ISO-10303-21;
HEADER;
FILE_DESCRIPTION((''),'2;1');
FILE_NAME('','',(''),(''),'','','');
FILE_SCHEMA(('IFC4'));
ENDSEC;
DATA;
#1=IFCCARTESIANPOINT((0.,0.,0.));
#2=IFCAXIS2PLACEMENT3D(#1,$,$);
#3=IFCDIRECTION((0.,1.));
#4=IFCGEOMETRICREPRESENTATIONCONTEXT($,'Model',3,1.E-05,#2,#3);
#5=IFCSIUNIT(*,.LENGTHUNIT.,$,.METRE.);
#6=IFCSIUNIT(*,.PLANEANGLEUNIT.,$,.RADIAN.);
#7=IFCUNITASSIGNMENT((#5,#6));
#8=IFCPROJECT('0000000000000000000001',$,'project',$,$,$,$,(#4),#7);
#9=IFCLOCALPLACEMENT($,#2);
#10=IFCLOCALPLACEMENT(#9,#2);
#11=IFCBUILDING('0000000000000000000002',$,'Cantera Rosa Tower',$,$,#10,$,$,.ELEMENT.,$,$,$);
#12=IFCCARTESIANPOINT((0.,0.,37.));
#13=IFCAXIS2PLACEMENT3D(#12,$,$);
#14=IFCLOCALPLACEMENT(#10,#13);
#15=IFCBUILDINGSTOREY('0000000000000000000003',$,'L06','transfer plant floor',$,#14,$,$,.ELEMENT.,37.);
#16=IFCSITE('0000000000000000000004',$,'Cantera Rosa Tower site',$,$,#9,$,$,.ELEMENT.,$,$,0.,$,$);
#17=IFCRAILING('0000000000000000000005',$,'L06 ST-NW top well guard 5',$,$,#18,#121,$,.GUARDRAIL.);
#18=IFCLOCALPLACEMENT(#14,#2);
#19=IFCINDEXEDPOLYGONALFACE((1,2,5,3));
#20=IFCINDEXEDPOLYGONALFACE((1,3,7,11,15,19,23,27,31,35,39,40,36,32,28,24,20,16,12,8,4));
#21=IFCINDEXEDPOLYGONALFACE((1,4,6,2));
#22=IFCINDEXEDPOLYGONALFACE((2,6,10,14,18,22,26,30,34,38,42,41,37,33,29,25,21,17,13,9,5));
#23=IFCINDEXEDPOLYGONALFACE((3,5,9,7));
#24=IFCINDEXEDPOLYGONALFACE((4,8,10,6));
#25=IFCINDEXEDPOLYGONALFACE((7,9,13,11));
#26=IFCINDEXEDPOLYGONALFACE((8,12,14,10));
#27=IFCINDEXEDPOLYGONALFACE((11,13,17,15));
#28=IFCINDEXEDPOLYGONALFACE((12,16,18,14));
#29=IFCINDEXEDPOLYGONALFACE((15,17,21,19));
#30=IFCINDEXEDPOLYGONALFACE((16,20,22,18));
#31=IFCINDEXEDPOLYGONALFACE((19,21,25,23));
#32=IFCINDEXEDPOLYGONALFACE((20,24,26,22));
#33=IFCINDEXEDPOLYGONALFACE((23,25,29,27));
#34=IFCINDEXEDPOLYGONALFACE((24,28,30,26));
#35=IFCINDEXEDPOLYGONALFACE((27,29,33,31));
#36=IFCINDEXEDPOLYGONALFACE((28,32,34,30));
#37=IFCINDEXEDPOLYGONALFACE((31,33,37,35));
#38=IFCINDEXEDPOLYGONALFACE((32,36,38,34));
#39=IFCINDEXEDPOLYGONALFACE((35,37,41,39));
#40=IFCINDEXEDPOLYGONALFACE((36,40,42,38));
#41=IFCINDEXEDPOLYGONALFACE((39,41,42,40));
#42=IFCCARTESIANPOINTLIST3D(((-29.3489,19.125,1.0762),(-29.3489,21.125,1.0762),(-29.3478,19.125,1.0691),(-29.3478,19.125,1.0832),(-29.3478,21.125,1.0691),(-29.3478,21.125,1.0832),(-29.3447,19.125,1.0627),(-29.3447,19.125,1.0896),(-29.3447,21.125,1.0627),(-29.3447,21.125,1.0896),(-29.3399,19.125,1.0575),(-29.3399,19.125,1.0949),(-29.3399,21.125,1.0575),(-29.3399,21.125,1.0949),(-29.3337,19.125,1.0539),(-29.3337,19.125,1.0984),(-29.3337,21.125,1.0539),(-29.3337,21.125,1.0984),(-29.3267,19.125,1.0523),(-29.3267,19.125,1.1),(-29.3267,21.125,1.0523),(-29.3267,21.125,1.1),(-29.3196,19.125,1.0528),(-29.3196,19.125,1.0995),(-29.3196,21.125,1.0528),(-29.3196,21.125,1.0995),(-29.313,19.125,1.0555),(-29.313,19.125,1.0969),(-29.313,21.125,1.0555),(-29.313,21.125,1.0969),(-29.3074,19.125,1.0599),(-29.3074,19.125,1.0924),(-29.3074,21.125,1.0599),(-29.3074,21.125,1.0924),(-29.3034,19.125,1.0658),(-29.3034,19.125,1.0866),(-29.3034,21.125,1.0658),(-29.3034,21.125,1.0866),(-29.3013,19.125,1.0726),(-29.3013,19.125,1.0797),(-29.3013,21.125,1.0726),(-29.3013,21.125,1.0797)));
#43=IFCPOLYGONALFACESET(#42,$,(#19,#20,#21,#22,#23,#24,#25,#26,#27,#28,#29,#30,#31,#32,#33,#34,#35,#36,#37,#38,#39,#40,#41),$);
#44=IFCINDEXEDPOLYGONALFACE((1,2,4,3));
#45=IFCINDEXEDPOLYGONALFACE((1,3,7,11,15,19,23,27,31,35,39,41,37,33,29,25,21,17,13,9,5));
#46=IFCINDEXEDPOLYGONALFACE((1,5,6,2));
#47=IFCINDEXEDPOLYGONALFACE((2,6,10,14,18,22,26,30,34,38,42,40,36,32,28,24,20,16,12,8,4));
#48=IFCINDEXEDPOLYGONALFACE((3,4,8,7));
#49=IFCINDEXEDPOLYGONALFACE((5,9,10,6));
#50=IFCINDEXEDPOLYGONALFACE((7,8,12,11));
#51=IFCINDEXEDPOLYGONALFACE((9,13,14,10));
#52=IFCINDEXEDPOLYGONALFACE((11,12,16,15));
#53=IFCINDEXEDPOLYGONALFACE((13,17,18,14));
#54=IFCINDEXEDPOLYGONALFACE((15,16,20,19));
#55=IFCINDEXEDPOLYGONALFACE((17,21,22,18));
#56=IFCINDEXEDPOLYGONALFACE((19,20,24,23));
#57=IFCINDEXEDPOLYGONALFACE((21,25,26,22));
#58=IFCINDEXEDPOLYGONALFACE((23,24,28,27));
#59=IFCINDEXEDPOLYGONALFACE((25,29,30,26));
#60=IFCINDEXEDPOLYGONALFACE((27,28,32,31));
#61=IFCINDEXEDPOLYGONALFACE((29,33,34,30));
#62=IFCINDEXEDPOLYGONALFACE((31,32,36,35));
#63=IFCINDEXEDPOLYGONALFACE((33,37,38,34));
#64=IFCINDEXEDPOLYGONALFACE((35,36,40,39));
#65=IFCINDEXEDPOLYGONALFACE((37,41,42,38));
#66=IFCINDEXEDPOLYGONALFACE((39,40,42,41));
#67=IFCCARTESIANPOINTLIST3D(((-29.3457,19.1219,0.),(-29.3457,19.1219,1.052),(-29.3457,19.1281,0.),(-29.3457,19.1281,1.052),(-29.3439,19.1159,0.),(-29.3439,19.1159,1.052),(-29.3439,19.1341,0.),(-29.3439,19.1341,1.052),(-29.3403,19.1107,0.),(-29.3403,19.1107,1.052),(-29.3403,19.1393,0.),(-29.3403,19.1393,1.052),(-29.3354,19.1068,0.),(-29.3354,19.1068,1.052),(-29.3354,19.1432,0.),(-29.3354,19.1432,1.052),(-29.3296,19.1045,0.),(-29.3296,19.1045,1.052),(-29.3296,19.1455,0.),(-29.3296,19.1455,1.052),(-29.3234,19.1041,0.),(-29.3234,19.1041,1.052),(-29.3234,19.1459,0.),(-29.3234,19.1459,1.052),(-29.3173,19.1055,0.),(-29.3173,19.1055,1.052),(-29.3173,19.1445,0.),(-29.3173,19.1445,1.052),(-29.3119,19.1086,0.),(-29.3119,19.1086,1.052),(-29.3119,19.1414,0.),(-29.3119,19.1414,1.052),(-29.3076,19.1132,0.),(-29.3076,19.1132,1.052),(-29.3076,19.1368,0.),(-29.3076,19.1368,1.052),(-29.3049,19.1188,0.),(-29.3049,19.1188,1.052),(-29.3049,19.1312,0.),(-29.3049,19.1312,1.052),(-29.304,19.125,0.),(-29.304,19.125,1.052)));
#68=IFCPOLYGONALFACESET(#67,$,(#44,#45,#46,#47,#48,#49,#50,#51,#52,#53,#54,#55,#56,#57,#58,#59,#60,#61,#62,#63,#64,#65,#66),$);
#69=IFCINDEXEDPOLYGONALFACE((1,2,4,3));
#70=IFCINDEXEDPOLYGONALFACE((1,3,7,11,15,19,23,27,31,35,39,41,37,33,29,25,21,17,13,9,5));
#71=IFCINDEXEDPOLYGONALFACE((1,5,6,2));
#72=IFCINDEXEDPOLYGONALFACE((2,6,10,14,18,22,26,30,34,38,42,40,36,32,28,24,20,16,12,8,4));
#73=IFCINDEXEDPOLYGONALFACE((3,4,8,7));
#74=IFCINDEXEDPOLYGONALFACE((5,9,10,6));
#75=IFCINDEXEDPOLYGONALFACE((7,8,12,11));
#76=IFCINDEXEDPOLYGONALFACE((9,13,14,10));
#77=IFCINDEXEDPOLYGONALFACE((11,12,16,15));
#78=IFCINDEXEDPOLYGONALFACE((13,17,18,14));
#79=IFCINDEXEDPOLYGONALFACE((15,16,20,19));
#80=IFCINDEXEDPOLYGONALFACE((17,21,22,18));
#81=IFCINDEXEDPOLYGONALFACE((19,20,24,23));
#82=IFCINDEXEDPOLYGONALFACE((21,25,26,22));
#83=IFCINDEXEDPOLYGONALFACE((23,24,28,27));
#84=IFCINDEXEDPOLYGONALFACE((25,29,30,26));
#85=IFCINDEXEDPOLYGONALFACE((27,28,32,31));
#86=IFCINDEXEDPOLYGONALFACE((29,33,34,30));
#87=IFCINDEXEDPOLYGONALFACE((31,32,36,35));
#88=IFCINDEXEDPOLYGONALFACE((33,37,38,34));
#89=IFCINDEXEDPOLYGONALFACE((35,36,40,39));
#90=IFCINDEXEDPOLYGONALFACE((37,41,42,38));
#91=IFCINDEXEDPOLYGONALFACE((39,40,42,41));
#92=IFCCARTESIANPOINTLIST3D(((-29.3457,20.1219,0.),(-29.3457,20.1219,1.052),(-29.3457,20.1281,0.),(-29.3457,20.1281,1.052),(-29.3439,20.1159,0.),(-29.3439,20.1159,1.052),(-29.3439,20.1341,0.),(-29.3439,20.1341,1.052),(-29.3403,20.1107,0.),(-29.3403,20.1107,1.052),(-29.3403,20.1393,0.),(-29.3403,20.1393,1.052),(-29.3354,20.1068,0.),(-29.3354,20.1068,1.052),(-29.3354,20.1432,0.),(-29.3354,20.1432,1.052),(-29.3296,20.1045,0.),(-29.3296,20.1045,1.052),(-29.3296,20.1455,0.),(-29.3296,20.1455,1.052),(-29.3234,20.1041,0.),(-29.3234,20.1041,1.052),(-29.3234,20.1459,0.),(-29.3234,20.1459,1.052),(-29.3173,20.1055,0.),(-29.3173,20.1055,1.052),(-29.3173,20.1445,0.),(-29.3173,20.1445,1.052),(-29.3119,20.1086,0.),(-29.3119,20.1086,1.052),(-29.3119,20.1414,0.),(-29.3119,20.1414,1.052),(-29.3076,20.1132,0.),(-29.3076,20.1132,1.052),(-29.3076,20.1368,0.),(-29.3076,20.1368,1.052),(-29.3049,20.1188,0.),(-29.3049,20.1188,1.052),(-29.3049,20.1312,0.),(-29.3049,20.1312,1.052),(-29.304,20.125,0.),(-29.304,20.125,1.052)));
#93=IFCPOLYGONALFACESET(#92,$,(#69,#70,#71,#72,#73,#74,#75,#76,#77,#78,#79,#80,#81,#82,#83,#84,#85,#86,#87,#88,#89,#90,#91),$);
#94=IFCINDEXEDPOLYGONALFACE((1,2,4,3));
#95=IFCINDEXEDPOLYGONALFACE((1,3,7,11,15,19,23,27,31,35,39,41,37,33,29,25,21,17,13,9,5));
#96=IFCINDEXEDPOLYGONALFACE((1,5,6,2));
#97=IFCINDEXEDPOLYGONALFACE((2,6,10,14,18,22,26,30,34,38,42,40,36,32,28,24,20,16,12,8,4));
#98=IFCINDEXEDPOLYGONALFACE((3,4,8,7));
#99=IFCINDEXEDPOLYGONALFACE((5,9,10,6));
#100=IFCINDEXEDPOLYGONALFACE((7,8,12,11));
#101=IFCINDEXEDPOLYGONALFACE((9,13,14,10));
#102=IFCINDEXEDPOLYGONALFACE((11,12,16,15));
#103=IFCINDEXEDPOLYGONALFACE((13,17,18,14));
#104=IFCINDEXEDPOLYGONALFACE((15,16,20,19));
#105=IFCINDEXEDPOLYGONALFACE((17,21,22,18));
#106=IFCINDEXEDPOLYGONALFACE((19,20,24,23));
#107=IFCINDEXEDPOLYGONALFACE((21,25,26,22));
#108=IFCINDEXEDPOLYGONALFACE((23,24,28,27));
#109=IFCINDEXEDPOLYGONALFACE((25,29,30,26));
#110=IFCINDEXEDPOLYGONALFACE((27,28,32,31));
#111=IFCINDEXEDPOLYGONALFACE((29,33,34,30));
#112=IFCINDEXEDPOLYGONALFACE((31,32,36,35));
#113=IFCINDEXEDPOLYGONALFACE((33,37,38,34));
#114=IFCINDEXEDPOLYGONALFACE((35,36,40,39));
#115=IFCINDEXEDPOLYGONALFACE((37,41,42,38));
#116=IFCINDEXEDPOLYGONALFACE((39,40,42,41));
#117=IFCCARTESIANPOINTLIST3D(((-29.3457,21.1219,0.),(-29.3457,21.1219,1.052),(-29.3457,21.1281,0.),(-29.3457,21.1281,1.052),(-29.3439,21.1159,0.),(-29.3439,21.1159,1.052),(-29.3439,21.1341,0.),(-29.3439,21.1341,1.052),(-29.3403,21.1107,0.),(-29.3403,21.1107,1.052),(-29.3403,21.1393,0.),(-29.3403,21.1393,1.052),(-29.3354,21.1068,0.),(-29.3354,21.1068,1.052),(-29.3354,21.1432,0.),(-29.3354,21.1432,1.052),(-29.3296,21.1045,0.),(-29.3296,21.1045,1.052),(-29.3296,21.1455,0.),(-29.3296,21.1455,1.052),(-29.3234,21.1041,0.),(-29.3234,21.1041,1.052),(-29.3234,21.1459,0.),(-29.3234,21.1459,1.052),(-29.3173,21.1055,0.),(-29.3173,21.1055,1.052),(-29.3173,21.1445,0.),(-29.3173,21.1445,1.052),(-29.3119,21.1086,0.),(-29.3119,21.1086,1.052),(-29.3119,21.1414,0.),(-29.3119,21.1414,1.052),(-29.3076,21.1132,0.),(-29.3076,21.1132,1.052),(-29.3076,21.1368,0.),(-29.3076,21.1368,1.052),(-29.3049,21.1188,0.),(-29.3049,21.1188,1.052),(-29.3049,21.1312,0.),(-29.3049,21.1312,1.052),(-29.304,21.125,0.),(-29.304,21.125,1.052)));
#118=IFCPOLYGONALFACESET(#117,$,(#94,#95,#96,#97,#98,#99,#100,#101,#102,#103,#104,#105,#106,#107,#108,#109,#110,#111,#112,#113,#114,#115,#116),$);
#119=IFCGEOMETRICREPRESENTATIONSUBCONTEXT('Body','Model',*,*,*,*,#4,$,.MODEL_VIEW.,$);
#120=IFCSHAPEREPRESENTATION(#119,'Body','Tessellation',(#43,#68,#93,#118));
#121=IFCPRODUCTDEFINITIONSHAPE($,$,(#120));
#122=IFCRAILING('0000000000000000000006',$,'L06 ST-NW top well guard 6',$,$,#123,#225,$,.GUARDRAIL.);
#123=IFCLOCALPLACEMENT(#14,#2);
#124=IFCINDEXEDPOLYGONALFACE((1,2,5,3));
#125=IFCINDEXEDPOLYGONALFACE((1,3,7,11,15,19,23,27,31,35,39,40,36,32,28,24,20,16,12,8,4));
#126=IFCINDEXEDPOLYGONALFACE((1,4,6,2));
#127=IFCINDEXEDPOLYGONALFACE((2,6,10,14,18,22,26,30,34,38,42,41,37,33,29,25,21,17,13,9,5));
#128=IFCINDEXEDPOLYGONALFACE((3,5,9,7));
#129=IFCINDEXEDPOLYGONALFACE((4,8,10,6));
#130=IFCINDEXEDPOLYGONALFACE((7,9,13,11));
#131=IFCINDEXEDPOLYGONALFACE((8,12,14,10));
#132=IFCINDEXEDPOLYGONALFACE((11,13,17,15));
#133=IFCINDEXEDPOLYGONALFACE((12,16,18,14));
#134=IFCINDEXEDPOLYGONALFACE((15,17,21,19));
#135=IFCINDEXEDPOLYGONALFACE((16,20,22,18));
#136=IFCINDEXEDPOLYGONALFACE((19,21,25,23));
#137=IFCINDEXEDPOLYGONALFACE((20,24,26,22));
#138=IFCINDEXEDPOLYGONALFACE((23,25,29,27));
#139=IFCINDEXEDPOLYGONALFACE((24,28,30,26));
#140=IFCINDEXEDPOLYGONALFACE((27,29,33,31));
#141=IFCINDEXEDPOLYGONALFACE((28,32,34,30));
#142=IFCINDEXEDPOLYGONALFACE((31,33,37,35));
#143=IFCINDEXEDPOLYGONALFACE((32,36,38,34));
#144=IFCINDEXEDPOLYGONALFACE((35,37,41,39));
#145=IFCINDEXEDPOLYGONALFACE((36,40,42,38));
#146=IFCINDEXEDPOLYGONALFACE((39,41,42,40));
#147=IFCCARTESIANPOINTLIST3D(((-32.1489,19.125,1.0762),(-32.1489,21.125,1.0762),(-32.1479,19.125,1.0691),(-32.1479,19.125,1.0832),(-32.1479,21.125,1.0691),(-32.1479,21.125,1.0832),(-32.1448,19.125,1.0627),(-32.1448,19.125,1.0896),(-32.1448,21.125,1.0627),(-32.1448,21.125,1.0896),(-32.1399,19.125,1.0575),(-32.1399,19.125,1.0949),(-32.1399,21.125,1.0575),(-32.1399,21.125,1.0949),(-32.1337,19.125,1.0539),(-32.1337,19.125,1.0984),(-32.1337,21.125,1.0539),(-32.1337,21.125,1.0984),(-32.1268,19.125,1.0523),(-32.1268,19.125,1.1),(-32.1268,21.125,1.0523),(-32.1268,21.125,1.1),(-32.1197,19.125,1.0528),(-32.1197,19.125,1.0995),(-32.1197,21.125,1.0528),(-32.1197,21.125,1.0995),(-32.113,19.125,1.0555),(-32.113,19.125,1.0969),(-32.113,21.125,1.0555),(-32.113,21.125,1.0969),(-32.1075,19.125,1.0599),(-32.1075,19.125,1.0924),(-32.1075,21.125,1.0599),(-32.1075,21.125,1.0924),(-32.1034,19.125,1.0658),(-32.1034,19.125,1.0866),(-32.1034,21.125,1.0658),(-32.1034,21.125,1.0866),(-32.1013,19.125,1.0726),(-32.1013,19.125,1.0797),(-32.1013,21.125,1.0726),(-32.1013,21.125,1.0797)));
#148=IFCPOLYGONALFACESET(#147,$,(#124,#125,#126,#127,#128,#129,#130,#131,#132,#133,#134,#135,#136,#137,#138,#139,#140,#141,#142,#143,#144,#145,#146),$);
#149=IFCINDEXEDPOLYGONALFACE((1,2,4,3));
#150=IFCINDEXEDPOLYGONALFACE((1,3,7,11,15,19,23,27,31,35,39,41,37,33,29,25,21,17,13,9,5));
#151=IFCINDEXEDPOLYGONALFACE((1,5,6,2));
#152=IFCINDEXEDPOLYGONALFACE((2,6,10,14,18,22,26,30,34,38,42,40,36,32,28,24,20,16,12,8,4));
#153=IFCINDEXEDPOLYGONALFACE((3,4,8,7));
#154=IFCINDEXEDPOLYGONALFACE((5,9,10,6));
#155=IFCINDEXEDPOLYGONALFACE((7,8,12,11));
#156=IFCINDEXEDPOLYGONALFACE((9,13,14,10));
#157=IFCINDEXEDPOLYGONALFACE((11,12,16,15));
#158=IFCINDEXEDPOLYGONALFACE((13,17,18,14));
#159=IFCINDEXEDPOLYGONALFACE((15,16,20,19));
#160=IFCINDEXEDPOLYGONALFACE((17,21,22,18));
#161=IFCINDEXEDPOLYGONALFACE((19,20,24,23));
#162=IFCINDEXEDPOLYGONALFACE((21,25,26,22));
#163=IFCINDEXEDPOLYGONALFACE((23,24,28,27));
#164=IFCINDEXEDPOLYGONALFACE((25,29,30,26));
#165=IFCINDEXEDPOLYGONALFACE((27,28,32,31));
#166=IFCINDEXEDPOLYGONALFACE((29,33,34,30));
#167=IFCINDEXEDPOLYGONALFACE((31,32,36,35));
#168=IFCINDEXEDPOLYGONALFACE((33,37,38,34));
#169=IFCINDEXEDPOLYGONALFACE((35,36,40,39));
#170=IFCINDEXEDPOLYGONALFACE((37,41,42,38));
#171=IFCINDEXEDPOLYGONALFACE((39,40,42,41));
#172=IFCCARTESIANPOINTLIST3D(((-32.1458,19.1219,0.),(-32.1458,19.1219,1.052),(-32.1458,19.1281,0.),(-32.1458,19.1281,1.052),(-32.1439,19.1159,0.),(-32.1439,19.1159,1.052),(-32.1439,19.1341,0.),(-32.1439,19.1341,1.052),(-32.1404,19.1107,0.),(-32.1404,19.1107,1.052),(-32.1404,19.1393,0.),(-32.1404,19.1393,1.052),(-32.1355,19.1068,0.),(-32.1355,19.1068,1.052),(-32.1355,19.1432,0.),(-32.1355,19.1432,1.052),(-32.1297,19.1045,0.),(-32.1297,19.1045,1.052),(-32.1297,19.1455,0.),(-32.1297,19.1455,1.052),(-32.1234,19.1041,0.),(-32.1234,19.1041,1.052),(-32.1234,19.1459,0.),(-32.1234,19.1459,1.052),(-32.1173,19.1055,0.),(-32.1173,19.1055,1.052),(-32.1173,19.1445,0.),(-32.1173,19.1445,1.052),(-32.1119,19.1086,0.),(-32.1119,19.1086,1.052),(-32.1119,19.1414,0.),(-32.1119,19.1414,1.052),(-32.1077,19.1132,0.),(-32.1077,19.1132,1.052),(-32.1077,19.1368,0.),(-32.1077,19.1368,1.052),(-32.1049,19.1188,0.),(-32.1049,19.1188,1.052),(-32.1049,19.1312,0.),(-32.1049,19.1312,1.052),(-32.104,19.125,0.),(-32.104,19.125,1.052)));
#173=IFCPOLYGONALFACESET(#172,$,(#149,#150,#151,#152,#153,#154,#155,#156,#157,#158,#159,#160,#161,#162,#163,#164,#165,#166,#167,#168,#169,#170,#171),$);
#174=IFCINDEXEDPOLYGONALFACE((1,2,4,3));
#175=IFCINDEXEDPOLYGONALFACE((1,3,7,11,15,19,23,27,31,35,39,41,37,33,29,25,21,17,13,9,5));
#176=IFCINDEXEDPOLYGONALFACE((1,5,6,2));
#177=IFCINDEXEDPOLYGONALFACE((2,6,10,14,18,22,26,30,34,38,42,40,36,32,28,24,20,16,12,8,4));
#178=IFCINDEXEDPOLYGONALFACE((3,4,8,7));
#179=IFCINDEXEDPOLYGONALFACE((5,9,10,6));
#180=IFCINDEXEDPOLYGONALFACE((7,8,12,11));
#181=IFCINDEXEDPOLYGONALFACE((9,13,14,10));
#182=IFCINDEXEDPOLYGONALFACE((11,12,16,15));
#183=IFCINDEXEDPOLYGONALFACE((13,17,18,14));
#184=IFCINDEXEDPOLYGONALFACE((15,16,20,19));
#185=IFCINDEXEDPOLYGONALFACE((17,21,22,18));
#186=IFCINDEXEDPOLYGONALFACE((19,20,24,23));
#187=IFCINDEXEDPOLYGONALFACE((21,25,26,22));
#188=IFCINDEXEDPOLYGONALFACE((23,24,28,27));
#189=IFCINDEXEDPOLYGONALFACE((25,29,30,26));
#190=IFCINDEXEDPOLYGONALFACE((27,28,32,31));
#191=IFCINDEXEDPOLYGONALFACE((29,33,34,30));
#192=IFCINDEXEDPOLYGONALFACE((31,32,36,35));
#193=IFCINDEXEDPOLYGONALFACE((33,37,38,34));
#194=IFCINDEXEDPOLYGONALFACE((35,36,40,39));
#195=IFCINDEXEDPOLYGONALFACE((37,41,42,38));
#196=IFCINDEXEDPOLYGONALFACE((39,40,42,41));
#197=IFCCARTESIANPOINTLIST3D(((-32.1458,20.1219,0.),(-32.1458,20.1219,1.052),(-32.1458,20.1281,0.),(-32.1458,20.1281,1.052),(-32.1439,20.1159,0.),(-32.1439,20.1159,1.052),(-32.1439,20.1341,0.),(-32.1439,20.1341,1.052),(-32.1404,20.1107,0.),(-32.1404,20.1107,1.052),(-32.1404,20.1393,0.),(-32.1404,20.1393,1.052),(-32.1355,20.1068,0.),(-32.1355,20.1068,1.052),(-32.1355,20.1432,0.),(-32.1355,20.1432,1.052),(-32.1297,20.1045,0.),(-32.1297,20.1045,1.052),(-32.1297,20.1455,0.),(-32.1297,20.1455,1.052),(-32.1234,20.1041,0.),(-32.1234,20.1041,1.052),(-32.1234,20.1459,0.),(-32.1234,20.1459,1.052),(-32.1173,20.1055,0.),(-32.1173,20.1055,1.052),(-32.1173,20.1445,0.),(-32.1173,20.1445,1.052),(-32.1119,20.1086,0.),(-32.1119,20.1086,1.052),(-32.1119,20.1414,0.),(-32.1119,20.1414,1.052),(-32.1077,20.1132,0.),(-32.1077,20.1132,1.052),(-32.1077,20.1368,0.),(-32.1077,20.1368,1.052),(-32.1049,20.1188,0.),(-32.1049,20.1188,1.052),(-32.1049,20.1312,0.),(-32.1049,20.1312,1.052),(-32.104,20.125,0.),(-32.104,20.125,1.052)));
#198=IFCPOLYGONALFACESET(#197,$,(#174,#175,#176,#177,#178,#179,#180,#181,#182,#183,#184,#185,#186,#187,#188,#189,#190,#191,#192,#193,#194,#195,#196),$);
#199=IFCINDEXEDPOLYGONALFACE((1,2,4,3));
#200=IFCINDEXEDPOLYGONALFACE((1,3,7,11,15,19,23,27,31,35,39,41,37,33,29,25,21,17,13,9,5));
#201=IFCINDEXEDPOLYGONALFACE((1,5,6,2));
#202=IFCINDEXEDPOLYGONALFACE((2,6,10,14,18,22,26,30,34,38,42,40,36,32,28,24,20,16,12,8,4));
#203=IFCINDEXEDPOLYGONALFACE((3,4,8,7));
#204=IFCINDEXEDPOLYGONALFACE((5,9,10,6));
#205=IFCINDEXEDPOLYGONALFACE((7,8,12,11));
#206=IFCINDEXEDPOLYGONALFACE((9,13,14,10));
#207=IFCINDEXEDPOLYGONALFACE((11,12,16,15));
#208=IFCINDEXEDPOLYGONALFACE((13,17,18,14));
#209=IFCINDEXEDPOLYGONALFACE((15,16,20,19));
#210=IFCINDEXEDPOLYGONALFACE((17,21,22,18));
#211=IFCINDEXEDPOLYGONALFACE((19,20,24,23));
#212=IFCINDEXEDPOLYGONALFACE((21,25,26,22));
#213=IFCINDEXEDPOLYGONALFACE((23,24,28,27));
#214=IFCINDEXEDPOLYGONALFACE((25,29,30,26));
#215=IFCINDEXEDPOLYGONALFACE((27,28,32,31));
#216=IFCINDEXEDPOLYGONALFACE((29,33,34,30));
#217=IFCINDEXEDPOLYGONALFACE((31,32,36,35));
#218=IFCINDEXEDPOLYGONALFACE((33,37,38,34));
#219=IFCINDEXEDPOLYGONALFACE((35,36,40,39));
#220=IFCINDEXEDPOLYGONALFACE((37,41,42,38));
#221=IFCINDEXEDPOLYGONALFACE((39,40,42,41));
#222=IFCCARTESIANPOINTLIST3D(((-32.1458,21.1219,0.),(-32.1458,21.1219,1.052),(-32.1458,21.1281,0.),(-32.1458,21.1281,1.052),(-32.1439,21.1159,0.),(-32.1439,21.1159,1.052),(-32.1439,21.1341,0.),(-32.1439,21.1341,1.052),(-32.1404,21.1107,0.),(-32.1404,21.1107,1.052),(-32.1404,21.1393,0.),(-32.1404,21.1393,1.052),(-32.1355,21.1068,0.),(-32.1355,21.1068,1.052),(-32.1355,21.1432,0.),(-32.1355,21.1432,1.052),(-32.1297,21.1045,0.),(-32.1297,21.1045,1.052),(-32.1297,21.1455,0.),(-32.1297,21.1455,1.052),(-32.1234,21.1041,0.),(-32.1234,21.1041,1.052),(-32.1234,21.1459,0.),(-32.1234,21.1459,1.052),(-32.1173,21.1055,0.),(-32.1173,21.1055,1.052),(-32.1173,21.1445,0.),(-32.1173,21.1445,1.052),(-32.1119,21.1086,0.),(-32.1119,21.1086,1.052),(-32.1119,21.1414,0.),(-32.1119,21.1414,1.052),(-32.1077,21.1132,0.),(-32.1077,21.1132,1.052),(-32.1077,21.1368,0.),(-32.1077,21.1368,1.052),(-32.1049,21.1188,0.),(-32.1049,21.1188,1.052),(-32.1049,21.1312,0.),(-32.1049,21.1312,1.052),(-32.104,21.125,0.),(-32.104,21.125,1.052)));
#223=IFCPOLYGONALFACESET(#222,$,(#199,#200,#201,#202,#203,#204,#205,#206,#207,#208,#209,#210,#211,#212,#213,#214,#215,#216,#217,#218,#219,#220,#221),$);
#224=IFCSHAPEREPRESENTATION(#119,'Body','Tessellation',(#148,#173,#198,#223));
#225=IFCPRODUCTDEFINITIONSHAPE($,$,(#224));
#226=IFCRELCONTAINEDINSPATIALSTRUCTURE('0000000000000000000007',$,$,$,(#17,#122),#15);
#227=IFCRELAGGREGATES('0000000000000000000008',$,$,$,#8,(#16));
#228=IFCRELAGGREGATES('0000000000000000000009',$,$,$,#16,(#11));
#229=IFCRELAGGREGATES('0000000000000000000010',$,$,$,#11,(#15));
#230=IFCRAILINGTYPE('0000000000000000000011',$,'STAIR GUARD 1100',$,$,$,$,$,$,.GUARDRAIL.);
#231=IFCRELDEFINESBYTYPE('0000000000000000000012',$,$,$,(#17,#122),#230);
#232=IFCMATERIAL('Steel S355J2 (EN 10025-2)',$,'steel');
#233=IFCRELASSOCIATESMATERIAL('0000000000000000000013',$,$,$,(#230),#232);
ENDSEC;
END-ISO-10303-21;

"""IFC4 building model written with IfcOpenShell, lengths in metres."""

from ifc_helpers import new_model, si_unit, direction, frame, origin, origin_2d, place, context, subcontext, project, spatial, circle, extrude, material, type_object, element, save


model = new_model("IFC4")

# Units and contexts
model_context = context("Model", 3, precision=1e-05, world=origin(), true_north=direction((0.0, 1.0)))
body_context = subcontext(model_context, "Body", "Model", "MODEL_VIEW")
ifc_project = project(units=[si_unit("LENGTHUNIT", "METRE"), si_unit("PLANEANGLEUNIT", "RADIAN")], contexts=[model_context])

# Site, building, storey
site_placement = place(None, origin())
site = spatial("IfcSite", under=ifc_project, at=site_placement, Name="Cantera Rosa Tower site", CompositionType="ELEMENT", RefElevation=0.0)
building_placement = place(site_placement, origin())
building = spatial("IfcBuilding", under=site, at=building_placement, Name="Cantera Rosa Tower", CompositionType="ELEMENT")
storey_placement = place(building_placement, frame((0.0, 0.0, 37.0)))
storey = spatial("IfcBuildingStorey", under=building, at=storey_placement, Name="L06", Description="transfer plant floor", CompositionType="ELEMENT", Elevation=37.0)

# Railings
ifc_material_1 = material(Name="Steel S355J2 (EN 10025-2)", Category="steel")
railing_type = type_object("IfcRailingType", Name="STAIR GUARD 1100", PredefinedType="GUARDRAIL", material=ifc_material_1)
for number, where, name in (
    (1, (-29.325, 19.125, 0.0), "L06 ST-NW top well guard 5"),
    (2, (-32.125, 19.125, 0.0), "L06 ST-NW top well guard 6"),
):
    element("IfcRailing", number, at=place(storey_placement, frame(where)), inside=storey, type_object=railing_type, Name=name, PredefinedType="GUARDRAIL", context=body_context, shape_type="SweptSolid", body=[
        extrude(circle(Radius=0.0239, at=origin_2d()), frame((0.0, 0.0, 1.0762), z_axis=(0.0, 1.0, 0.0), x_axis=(-1.0, 0.0, 0.0)), (0.0, 0.0, 1.0), 2.0),
        extrude(circle(Radius=0.021, at=origin_2d()), origin(), (0.0, 0.0, 1.0), 1.052),
        extrude(circle(Radius=0.021, at=origin_2d()), frame((0.0, 1.0, 0.0)), (0.0, 0.0, 1.0), 1.052),
        extrude(circle(Radius=0.021, at=origin_2d()), frame((0.0, 2.0, 0.0)), (0.0, 0.0, 1.0), 1.052),
    ])

save(model, "model.ifc")
